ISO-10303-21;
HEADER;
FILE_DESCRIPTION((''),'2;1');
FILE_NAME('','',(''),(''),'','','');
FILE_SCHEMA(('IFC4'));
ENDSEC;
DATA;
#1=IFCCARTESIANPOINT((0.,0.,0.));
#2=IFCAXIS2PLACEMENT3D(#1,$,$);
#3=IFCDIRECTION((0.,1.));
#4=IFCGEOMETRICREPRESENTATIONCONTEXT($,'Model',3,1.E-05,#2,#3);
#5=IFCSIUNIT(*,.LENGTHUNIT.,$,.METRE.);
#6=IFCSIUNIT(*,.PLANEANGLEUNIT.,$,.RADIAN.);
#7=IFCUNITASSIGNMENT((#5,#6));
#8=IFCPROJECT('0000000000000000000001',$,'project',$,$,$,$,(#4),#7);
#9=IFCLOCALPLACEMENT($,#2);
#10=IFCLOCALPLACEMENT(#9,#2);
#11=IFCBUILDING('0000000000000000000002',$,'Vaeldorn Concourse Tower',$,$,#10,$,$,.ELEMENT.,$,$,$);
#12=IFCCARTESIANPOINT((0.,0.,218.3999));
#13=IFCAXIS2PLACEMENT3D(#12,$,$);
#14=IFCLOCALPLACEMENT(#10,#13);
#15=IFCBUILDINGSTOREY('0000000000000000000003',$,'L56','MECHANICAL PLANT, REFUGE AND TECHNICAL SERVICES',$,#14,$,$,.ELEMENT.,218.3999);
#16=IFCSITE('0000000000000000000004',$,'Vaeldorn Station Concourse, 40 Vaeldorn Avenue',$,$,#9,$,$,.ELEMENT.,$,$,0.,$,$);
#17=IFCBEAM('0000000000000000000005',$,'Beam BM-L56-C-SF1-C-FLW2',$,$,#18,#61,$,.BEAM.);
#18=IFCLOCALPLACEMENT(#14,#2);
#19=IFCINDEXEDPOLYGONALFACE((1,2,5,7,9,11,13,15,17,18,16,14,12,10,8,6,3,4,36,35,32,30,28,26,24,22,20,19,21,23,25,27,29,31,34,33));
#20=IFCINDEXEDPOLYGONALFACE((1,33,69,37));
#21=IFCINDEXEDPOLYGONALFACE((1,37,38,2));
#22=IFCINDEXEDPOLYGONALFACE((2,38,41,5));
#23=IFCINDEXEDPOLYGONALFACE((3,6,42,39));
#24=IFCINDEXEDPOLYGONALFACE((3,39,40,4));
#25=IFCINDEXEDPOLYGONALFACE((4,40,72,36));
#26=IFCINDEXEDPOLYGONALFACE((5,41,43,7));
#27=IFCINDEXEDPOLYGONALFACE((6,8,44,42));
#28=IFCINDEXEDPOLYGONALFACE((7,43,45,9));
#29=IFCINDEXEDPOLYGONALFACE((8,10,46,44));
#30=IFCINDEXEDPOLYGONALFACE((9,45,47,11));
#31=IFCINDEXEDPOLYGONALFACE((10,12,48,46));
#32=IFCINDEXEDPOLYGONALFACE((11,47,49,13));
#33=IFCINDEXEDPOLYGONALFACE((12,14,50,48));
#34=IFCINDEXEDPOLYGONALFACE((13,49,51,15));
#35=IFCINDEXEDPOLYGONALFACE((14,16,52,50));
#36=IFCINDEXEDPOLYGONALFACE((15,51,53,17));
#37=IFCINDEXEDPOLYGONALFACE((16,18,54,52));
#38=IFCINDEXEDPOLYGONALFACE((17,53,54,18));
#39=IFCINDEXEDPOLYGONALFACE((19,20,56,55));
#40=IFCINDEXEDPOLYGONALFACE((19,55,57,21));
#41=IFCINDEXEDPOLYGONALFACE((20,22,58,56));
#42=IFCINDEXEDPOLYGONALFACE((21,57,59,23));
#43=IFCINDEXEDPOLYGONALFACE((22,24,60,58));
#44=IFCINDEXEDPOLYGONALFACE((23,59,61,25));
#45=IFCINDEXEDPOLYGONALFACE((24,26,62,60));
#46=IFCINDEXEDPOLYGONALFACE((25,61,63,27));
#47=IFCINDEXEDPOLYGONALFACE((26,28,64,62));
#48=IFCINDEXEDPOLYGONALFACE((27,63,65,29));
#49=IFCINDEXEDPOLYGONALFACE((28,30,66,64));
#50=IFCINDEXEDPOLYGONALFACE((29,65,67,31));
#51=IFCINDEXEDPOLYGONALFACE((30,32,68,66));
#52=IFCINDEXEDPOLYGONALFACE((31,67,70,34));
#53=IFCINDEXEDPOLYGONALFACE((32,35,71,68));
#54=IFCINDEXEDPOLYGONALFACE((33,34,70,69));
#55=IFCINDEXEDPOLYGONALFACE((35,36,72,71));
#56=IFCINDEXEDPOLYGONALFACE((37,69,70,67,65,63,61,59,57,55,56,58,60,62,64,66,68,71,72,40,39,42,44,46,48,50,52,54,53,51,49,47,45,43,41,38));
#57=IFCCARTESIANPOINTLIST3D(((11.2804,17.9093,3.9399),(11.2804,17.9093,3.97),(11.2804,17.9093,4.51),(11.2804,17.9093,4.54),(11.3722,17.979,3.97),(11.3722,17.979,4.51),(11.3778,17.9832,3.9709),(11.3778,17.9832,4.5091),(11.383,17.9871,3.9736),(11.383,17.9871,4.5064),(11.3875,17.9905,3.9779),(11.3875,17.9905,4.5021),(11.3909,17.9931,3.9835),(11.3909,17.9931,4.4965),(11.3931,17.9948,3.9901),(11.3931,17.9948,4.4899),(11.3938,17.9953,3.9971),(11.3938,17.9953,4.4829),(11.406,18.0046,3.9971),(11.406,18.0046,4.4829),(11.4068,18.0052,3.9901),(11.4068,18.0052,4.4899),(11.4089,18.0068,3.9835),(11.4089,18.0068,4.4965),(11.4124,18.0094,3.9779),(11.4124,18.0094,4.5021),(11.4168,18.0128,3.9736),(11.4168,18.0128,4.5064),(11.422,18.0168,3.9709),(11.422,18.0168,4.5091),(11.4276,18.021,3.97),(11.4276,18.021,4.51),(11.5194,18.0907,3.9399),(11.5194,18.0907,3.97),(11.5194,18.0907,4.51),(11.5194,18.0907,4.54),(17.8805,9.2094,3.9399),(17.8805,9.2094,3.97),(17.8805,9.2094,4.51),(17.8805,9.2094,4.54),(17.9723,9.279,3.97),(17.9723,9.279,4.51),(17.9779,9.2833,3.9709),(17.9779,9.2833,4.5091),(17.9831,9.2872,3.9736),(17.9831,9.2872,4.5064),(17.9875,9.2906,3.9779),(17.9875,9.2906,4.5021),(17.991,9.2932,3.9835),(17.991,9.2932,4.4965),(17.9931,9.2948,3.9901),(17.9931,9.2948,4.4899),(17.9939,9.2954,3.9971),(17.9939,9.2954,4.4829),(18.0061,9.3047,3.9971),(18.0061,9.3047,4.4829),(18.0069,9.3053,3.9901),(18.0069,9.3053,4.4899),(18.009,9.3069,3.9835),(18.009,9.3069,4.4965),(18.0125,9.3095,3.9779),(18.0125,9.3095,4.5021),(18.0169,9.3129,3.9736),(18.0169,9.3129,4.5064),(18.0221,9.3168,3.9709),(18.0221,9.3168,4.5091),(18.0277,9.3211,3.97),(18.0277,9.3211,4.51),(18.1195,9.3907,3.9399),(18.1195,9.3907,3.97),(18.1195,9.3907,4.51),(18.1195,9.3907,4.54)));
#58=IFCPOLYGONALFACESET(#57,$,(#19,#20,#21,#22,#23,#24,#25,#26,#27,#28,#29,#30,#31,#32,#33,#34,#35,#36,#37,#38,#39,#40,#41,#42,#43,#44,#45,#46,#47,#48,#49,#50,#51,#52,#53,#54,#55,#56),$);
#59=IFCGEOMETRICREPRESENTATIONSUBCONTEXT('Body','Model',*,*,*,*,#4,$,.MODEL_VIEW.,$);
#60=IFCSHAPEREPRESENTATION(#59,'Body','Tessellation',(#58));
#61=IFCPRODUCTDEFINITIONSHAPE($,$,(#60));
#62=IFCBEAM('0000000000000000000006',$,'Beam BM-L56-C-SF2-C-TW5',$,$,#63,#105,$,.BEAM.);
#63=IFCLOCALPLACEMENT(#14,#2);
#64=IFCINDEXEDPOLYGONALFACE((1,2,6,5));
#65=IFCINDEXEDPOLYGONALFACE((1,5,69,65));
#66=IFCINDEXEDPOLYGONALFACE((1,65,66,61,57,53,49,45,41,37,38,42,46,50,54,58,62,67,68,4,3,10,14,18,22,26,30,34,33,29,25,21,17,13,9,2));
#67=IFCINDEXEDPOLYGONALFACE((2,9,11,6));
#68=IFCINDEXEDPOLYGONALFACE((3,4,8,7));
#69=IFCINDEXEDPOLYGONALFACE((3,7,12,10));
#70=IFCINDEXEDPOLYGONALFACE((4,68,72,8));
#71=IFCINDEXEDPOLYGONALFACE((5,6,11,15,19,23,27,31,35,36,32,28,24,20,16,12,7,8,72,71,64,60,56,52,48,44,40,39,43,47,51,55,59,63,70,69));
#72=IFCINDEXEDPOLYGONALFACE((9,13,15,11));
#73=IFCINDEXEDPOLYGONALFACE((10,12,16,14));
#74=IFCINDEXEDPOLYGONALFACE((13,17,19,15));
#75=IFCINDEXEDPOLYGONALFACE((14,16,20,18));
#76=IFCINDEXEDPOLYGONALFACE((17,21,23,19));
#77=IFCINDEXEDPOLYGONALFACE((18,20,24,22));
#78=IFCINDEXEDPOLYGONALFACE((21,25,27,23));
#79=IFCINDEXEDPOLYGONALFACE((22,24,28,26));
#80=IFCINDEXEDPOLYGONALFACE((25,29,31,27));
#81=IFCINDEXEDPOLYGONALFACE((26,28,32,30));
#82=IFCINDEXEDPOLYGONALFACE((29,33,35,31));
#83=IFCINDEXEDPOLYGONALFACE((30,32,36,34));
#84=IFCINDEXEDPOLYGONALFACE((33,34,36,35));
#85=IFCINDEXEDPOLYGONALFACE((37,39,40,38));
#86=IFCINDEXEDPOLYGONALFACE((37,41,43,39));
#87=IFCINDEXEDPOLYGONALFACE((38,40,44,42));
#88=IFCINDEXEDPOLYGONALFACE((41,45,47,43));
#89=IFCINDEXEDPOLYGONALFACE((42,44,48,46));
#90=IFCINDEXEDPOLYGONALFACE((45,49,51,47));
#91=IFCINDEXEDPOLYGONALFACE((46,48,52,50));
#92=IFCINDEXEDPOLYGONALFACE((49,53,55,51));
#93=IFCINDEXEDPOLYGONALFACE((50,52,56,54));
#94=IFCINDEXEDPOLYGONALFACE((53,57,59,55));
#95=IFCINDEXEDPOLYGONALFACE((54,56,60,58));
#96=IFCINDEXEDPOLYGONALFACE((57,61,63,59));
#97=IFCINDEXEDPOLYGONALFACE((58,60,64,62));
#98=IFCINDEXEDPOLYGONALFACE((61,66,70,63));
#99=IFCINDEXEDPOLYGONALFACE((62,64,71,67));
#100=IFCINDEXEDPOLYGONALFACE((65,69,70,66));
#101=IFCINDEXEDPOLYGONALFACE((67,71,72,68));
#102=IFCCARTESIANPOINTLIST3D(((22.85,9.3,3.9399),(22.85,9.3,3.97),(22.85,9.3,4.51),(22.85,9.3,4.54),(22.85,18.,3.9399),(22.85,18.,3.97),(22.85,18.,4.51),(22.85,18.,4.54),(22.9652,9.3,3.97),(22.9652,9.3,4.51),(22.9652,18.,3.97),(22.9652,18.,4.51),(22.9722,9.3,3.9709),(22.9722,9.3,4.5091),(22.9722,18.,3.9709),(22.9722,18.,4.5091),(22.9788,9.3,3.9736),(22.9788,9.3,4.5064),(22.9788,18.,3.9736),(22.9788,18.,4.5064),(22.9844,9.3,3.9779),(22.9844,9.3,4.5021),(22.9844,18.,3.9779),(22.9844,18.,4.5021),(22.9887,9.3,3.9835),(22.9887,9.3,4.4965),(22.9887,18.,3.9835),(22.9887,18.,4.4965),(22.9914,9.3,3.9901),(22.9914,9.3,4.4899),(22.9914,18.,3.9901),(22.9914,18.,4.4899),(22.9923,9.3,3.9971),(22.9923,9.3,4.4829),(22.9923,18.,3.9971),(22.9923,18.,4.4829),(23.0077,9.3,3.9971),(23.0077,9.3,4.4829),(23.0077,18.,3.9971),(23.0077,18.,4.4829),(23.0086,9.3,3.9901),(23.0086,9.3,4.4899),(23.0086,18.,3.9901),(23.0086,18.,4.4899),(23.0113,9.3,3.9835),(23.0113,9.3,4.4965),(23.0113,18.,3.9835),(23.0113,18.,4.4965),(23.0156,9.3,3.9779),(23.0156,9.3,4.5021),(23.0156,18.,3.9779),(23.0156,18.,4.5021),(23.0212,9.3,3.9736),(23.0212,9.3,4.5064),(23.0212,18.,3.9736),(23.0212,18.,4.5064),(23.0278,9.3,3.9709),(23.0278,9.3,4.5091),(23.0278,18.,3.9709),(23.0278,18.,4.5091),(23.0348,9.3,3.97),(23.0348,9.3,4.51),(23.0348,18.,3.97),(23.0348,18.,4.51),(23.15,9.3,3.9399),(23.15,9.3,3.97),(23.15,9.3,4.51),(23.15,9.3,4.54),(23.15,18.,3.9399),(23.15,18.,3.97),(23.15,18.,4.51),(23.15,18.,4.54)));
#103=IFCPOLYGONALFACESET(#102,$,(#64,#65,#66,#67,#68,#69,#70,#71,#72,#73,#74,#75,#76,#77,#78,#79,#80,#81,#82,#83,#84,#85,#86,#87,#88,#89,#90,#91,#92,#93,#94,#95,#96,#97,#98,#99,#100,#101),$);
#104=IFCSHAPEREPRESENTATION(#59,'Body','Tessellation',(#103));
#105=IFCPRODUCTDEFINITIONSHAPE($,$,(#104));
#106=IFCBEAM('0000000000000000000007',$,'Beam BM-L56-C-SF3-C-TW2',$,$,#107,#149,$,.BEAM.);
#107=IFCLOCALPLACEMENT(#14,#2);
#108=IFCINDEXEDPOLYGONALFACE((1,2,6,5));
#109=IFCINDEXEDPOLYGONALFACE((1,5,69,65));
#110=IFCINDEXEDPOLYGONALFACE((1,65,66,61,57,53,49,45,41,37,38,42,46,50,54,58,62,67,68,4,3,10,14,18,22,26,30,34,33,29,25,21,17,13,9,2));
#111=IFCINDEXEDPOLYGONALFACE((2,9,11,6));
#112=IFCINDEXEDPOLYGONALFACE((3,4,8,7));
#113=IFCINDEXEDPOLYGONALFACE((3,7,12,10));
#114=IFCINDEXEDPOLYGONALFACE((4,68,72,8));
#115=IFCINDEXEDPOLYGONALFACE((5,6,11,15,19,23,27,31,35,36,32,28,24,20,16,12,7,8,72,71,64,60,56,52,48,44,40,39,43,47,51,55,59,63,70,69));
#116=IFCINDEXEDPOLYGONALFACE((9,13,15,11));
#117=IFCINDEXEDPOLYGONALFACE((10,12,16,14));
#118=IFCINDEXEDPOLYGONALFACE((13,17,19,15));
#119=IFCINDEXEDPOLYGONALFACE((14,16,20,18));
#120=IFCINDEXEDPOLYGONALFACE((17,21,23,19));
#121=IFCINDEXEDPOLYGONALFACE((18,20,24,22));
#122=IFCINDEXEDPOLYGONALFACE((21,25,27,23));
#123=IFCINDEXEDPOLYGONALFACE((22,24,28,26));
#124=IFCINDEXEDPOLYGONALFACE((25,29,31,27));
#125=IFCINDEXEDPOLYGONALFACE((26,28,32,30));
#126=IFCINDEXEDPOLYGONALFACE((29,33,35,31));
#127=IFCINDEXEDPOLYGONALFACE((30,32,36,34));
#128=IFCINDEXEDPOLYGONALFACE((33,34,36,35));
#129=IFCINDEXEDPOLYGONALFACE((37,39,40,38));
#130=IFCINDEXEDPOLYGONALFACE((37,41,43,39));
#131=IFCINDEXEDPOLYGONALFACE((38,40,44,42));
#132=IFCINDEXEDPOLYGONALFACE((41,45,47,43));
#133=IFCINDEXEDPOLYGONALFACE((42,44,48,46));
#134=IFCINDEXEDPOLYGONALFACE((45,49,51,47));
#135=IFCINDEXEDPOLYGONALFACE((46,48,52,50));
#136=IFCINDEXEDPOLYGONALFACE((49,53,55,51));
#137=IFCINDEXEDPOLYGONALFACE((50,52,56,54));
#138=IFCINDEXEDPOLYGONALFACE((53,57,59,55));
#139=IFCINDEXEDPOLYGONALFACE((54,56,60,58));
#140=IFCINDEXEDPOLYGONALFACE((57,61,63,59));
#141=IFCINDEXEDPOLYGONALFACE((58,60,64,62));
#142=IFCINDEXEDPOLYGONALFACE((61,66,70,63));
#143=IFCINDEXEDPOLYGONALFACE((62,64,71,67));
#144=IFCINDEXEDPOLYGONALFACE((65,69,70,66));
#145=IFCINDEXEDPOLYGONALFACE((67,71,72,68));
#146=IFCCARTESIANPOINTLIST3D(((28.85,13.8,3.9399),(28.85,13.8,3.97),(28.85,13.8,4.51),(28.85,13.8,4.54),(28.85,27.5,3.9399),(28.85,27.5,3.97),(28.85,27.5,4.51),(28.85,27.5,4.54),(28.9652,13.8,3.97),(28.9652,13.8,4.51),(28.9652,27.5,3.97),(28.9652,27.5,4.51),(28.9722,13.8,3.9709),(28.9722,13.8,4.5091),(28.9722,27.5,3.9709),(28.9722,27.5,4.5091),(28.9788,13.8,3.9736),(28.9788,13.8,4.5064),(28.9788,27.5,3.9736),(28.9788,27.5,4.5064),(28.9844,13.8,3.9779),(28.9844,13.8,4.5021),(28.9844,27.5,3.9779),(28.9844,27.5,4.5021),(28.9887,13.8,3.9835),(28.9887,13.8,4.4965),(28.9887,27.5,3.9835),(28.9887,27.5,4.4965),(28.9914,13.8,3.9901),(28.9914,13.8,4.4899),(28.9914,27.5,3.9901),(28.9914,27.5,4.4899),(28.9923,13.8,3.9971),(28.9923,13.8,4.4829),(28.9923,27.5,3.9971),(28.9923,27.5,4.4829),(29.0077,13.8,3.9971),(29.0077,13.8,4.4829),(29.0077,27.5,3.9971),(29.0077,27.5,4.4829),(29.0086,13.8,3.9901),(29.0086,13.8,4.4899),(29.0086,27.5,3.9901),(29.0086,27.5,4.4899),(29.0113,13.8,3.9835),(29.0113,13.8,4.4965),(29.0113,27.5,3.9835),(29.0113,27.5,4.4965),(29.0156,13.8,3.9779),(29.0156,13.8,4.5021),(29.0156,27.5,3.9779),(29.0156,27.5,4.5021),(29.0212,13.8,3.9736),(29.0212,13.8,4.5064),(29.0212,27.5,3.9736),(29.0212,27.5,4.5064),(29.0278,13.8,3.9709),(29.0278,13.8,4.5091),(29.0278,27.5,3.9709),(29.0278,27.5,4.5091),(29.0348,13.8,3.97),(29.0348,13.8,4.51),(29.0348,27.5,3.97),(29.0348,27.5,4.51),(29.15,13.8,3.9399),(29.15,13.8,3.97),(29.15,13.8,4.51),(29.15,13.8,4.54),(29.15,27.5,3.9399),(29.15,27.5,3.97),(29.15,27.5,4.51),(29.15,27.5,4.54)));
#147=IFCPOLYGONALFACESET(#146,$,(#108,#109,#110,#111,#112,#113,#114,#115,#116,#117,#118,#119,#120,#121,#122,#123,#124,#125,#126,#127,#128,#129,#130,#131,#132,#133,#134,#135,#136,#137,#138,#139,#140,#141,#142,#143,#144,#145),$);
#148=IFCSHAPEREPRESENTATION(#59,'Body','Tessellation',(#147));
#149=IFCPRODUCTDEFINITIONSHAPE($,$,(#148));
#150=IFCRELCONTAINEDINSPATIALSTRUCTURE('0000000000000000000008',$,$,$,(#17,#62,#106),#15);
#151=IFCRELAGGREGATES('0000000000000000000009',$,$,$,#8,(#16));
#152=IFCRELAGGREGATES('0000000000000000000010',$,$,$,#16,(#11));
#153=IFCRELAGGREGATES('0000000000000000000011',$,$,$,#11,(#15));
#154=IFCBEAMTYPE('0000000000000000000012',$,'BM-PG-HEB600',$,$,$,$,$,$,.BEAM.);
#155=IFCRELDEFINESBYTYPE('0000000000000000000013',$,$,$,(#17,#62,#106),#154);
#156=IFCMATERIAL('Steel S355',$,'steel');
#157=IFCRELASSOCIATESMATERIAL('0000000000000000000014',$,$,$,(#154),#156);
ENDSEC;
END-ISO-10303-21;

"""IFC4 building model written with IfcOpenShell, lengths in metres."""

from ifc_helpers import new_model, si_unit, direction, frame, origin, origin_2d, place, context, subcontext, project, spatial, i_section, extrude, source, transform, mapped, material, material_profile, profile_set, type_object, element, save


model = new_model("IFC4")

# Units and contexts
model_context = context("Model", 3, precision=1e-05, world=origin(), true_north=direction((0.0, 1.0)))
body_context = subcontext(model_context, "Body", "Model", "MODEL_VIEW")
ifc_project = project(units=[si_unit("LENGTHUNIT", "METRE"), si_unit("PLANEANGLEUNIT", "RADIAN")], contexts=[model_context])

# Site, building, storey
site_placement = place(None, origin())
site = spatial("IfcSite", under=ifc_project, at=site_placement, Name="Vaeldorn Station Concourse, 40 Vaeldorn Avenue", CompositionType="ELEMENT", RefElevation=0.0)
building_placement = place(site_placement, origin())
building = spatial("IfcBuilding", under=site, at=building_placement, Name="Vaeldorn Concourse Tower", CompositionType="ELEMENT")
storey_placement = place(building_placement, frame((0.0, 0.0, 218.3999)))
storey = spatial("IfcBuildingStorey", under=building, at=storey_placement, Name="L56", Description="MECHANICAL PLANT, REFUGE AND TECHNICAL SERVICES", CompositionType="ELEMENT", Elevation=218.3999)

# Shared definitions
ifc_material_1 = material(Name="Steel S355", Category="steel")

# Beams
ifc_material_profile_1 = material_profile(ifc_material_1, i_section(OverallWidth=0.3, OverallDepth=0.6001, WebThickness=0.0154, FlangeThickness=0.03, FilletRadius=0.0271, at=origin_2d()), Name="HEB 600")
ifc_profile_set_1 = profile_set([ifc_material_profile_1], Name="Steel S355")
beam_type_1 = type_object("IfcBeamType", Name="BM-PG-HEB600", PredefinedType="BEAM", material=ifc_profile_set_1)
shared_shape_1 = source(origin(), body_context, "Body", "SweptSolid", [
    extrude(i_section(OverallWidth=0.3, OverallDepth=0.6001, WebThickness=0.0154, FlangeThickness=0.03, FilletRadius=0.0271, at=origin_2d()), origin(), (0.0, 0.0, 1.0), 10.9202),
])
beam_1_placement = place(storey_placement, frame((18.0, 9.3, 4.24), z_axis=(-0.604394, 0.796685, 0.0), x_axis=(-0.796685, -0.604394, 0.0)))
element("IfcBeam", 1, at=beam_1_placement, inside=storey, type_object=beam_type_1, Name="Beam BM-L56-C-SF1-C-FLW2", PredefinedType="BEAM", context=body_context, shape_type="MappedRepresentation", body=[
    mapped(shared_shape_1, transform((0.0, 0.0, 0.0), scale=1.0)),
])
shared_shape_2 = source(origin(), body_context, "Body", "SweptSolid", [
    extrude(i_section(OverallWidth=0.3, OverallDepth=0.6001, WebThickness=0.0154, FlangeThickness=0.03, FilletRadius=0.0271, at=origin_2d()), origin(), (0.0, 0.0, 1.0), 8.7),
])
beam_2_placement = place(storey_placement, frame((23.0, 9.3, 4.24), z_axis=(0.0, 1.0, 0.0), x_axis=(-1.0, 0.0, 0.0)))
element("IfcBeam", 2, at=beam_2_placement, inside=storey, type_object=beam_type_1, Name="Beam BM-L56-C-SF2-C-TW5", PredefinedType="BEAM", context=body_context, shape_type="MappedRepresentation", body=[
    mapped(shared_shape_2, transform((0.0, 0.0, 0.0), scale=1.0)),
])
shared_shape_3 = source(origin(), body_context, "Body", "SweptSolid", [
    extrude(i_section(OverallWidth=0.3, OverallDepth=0.6001, WebThickness=0.0154, FlangeThickness=0.03, FilletRadius=0.0271, at=origin_2d()), origin(), (0.0, 0.0, 1.0), 13.7),
])
beam_3_placement = place(storey_placement, frame((29.0, 13.8, 4.24), z_axis=(0.0, 1.0, 0.0), x_axis=(-1.0, 0.0, 0.0)))
element("IfcBeam", 3, at=beam_3_placement, inside=storey, type_object=beam_type_1, Name="Beam BM-L56-C-SF3-C-TW2", PredefinedType="BEAM", context=body_context, shape_type="MappedRepresentation", body=[
    mapped(shared_shape_3, transform((0.0, 0.0, 0.0), scale=1.0)),
])

save(model, "model.ifc")
